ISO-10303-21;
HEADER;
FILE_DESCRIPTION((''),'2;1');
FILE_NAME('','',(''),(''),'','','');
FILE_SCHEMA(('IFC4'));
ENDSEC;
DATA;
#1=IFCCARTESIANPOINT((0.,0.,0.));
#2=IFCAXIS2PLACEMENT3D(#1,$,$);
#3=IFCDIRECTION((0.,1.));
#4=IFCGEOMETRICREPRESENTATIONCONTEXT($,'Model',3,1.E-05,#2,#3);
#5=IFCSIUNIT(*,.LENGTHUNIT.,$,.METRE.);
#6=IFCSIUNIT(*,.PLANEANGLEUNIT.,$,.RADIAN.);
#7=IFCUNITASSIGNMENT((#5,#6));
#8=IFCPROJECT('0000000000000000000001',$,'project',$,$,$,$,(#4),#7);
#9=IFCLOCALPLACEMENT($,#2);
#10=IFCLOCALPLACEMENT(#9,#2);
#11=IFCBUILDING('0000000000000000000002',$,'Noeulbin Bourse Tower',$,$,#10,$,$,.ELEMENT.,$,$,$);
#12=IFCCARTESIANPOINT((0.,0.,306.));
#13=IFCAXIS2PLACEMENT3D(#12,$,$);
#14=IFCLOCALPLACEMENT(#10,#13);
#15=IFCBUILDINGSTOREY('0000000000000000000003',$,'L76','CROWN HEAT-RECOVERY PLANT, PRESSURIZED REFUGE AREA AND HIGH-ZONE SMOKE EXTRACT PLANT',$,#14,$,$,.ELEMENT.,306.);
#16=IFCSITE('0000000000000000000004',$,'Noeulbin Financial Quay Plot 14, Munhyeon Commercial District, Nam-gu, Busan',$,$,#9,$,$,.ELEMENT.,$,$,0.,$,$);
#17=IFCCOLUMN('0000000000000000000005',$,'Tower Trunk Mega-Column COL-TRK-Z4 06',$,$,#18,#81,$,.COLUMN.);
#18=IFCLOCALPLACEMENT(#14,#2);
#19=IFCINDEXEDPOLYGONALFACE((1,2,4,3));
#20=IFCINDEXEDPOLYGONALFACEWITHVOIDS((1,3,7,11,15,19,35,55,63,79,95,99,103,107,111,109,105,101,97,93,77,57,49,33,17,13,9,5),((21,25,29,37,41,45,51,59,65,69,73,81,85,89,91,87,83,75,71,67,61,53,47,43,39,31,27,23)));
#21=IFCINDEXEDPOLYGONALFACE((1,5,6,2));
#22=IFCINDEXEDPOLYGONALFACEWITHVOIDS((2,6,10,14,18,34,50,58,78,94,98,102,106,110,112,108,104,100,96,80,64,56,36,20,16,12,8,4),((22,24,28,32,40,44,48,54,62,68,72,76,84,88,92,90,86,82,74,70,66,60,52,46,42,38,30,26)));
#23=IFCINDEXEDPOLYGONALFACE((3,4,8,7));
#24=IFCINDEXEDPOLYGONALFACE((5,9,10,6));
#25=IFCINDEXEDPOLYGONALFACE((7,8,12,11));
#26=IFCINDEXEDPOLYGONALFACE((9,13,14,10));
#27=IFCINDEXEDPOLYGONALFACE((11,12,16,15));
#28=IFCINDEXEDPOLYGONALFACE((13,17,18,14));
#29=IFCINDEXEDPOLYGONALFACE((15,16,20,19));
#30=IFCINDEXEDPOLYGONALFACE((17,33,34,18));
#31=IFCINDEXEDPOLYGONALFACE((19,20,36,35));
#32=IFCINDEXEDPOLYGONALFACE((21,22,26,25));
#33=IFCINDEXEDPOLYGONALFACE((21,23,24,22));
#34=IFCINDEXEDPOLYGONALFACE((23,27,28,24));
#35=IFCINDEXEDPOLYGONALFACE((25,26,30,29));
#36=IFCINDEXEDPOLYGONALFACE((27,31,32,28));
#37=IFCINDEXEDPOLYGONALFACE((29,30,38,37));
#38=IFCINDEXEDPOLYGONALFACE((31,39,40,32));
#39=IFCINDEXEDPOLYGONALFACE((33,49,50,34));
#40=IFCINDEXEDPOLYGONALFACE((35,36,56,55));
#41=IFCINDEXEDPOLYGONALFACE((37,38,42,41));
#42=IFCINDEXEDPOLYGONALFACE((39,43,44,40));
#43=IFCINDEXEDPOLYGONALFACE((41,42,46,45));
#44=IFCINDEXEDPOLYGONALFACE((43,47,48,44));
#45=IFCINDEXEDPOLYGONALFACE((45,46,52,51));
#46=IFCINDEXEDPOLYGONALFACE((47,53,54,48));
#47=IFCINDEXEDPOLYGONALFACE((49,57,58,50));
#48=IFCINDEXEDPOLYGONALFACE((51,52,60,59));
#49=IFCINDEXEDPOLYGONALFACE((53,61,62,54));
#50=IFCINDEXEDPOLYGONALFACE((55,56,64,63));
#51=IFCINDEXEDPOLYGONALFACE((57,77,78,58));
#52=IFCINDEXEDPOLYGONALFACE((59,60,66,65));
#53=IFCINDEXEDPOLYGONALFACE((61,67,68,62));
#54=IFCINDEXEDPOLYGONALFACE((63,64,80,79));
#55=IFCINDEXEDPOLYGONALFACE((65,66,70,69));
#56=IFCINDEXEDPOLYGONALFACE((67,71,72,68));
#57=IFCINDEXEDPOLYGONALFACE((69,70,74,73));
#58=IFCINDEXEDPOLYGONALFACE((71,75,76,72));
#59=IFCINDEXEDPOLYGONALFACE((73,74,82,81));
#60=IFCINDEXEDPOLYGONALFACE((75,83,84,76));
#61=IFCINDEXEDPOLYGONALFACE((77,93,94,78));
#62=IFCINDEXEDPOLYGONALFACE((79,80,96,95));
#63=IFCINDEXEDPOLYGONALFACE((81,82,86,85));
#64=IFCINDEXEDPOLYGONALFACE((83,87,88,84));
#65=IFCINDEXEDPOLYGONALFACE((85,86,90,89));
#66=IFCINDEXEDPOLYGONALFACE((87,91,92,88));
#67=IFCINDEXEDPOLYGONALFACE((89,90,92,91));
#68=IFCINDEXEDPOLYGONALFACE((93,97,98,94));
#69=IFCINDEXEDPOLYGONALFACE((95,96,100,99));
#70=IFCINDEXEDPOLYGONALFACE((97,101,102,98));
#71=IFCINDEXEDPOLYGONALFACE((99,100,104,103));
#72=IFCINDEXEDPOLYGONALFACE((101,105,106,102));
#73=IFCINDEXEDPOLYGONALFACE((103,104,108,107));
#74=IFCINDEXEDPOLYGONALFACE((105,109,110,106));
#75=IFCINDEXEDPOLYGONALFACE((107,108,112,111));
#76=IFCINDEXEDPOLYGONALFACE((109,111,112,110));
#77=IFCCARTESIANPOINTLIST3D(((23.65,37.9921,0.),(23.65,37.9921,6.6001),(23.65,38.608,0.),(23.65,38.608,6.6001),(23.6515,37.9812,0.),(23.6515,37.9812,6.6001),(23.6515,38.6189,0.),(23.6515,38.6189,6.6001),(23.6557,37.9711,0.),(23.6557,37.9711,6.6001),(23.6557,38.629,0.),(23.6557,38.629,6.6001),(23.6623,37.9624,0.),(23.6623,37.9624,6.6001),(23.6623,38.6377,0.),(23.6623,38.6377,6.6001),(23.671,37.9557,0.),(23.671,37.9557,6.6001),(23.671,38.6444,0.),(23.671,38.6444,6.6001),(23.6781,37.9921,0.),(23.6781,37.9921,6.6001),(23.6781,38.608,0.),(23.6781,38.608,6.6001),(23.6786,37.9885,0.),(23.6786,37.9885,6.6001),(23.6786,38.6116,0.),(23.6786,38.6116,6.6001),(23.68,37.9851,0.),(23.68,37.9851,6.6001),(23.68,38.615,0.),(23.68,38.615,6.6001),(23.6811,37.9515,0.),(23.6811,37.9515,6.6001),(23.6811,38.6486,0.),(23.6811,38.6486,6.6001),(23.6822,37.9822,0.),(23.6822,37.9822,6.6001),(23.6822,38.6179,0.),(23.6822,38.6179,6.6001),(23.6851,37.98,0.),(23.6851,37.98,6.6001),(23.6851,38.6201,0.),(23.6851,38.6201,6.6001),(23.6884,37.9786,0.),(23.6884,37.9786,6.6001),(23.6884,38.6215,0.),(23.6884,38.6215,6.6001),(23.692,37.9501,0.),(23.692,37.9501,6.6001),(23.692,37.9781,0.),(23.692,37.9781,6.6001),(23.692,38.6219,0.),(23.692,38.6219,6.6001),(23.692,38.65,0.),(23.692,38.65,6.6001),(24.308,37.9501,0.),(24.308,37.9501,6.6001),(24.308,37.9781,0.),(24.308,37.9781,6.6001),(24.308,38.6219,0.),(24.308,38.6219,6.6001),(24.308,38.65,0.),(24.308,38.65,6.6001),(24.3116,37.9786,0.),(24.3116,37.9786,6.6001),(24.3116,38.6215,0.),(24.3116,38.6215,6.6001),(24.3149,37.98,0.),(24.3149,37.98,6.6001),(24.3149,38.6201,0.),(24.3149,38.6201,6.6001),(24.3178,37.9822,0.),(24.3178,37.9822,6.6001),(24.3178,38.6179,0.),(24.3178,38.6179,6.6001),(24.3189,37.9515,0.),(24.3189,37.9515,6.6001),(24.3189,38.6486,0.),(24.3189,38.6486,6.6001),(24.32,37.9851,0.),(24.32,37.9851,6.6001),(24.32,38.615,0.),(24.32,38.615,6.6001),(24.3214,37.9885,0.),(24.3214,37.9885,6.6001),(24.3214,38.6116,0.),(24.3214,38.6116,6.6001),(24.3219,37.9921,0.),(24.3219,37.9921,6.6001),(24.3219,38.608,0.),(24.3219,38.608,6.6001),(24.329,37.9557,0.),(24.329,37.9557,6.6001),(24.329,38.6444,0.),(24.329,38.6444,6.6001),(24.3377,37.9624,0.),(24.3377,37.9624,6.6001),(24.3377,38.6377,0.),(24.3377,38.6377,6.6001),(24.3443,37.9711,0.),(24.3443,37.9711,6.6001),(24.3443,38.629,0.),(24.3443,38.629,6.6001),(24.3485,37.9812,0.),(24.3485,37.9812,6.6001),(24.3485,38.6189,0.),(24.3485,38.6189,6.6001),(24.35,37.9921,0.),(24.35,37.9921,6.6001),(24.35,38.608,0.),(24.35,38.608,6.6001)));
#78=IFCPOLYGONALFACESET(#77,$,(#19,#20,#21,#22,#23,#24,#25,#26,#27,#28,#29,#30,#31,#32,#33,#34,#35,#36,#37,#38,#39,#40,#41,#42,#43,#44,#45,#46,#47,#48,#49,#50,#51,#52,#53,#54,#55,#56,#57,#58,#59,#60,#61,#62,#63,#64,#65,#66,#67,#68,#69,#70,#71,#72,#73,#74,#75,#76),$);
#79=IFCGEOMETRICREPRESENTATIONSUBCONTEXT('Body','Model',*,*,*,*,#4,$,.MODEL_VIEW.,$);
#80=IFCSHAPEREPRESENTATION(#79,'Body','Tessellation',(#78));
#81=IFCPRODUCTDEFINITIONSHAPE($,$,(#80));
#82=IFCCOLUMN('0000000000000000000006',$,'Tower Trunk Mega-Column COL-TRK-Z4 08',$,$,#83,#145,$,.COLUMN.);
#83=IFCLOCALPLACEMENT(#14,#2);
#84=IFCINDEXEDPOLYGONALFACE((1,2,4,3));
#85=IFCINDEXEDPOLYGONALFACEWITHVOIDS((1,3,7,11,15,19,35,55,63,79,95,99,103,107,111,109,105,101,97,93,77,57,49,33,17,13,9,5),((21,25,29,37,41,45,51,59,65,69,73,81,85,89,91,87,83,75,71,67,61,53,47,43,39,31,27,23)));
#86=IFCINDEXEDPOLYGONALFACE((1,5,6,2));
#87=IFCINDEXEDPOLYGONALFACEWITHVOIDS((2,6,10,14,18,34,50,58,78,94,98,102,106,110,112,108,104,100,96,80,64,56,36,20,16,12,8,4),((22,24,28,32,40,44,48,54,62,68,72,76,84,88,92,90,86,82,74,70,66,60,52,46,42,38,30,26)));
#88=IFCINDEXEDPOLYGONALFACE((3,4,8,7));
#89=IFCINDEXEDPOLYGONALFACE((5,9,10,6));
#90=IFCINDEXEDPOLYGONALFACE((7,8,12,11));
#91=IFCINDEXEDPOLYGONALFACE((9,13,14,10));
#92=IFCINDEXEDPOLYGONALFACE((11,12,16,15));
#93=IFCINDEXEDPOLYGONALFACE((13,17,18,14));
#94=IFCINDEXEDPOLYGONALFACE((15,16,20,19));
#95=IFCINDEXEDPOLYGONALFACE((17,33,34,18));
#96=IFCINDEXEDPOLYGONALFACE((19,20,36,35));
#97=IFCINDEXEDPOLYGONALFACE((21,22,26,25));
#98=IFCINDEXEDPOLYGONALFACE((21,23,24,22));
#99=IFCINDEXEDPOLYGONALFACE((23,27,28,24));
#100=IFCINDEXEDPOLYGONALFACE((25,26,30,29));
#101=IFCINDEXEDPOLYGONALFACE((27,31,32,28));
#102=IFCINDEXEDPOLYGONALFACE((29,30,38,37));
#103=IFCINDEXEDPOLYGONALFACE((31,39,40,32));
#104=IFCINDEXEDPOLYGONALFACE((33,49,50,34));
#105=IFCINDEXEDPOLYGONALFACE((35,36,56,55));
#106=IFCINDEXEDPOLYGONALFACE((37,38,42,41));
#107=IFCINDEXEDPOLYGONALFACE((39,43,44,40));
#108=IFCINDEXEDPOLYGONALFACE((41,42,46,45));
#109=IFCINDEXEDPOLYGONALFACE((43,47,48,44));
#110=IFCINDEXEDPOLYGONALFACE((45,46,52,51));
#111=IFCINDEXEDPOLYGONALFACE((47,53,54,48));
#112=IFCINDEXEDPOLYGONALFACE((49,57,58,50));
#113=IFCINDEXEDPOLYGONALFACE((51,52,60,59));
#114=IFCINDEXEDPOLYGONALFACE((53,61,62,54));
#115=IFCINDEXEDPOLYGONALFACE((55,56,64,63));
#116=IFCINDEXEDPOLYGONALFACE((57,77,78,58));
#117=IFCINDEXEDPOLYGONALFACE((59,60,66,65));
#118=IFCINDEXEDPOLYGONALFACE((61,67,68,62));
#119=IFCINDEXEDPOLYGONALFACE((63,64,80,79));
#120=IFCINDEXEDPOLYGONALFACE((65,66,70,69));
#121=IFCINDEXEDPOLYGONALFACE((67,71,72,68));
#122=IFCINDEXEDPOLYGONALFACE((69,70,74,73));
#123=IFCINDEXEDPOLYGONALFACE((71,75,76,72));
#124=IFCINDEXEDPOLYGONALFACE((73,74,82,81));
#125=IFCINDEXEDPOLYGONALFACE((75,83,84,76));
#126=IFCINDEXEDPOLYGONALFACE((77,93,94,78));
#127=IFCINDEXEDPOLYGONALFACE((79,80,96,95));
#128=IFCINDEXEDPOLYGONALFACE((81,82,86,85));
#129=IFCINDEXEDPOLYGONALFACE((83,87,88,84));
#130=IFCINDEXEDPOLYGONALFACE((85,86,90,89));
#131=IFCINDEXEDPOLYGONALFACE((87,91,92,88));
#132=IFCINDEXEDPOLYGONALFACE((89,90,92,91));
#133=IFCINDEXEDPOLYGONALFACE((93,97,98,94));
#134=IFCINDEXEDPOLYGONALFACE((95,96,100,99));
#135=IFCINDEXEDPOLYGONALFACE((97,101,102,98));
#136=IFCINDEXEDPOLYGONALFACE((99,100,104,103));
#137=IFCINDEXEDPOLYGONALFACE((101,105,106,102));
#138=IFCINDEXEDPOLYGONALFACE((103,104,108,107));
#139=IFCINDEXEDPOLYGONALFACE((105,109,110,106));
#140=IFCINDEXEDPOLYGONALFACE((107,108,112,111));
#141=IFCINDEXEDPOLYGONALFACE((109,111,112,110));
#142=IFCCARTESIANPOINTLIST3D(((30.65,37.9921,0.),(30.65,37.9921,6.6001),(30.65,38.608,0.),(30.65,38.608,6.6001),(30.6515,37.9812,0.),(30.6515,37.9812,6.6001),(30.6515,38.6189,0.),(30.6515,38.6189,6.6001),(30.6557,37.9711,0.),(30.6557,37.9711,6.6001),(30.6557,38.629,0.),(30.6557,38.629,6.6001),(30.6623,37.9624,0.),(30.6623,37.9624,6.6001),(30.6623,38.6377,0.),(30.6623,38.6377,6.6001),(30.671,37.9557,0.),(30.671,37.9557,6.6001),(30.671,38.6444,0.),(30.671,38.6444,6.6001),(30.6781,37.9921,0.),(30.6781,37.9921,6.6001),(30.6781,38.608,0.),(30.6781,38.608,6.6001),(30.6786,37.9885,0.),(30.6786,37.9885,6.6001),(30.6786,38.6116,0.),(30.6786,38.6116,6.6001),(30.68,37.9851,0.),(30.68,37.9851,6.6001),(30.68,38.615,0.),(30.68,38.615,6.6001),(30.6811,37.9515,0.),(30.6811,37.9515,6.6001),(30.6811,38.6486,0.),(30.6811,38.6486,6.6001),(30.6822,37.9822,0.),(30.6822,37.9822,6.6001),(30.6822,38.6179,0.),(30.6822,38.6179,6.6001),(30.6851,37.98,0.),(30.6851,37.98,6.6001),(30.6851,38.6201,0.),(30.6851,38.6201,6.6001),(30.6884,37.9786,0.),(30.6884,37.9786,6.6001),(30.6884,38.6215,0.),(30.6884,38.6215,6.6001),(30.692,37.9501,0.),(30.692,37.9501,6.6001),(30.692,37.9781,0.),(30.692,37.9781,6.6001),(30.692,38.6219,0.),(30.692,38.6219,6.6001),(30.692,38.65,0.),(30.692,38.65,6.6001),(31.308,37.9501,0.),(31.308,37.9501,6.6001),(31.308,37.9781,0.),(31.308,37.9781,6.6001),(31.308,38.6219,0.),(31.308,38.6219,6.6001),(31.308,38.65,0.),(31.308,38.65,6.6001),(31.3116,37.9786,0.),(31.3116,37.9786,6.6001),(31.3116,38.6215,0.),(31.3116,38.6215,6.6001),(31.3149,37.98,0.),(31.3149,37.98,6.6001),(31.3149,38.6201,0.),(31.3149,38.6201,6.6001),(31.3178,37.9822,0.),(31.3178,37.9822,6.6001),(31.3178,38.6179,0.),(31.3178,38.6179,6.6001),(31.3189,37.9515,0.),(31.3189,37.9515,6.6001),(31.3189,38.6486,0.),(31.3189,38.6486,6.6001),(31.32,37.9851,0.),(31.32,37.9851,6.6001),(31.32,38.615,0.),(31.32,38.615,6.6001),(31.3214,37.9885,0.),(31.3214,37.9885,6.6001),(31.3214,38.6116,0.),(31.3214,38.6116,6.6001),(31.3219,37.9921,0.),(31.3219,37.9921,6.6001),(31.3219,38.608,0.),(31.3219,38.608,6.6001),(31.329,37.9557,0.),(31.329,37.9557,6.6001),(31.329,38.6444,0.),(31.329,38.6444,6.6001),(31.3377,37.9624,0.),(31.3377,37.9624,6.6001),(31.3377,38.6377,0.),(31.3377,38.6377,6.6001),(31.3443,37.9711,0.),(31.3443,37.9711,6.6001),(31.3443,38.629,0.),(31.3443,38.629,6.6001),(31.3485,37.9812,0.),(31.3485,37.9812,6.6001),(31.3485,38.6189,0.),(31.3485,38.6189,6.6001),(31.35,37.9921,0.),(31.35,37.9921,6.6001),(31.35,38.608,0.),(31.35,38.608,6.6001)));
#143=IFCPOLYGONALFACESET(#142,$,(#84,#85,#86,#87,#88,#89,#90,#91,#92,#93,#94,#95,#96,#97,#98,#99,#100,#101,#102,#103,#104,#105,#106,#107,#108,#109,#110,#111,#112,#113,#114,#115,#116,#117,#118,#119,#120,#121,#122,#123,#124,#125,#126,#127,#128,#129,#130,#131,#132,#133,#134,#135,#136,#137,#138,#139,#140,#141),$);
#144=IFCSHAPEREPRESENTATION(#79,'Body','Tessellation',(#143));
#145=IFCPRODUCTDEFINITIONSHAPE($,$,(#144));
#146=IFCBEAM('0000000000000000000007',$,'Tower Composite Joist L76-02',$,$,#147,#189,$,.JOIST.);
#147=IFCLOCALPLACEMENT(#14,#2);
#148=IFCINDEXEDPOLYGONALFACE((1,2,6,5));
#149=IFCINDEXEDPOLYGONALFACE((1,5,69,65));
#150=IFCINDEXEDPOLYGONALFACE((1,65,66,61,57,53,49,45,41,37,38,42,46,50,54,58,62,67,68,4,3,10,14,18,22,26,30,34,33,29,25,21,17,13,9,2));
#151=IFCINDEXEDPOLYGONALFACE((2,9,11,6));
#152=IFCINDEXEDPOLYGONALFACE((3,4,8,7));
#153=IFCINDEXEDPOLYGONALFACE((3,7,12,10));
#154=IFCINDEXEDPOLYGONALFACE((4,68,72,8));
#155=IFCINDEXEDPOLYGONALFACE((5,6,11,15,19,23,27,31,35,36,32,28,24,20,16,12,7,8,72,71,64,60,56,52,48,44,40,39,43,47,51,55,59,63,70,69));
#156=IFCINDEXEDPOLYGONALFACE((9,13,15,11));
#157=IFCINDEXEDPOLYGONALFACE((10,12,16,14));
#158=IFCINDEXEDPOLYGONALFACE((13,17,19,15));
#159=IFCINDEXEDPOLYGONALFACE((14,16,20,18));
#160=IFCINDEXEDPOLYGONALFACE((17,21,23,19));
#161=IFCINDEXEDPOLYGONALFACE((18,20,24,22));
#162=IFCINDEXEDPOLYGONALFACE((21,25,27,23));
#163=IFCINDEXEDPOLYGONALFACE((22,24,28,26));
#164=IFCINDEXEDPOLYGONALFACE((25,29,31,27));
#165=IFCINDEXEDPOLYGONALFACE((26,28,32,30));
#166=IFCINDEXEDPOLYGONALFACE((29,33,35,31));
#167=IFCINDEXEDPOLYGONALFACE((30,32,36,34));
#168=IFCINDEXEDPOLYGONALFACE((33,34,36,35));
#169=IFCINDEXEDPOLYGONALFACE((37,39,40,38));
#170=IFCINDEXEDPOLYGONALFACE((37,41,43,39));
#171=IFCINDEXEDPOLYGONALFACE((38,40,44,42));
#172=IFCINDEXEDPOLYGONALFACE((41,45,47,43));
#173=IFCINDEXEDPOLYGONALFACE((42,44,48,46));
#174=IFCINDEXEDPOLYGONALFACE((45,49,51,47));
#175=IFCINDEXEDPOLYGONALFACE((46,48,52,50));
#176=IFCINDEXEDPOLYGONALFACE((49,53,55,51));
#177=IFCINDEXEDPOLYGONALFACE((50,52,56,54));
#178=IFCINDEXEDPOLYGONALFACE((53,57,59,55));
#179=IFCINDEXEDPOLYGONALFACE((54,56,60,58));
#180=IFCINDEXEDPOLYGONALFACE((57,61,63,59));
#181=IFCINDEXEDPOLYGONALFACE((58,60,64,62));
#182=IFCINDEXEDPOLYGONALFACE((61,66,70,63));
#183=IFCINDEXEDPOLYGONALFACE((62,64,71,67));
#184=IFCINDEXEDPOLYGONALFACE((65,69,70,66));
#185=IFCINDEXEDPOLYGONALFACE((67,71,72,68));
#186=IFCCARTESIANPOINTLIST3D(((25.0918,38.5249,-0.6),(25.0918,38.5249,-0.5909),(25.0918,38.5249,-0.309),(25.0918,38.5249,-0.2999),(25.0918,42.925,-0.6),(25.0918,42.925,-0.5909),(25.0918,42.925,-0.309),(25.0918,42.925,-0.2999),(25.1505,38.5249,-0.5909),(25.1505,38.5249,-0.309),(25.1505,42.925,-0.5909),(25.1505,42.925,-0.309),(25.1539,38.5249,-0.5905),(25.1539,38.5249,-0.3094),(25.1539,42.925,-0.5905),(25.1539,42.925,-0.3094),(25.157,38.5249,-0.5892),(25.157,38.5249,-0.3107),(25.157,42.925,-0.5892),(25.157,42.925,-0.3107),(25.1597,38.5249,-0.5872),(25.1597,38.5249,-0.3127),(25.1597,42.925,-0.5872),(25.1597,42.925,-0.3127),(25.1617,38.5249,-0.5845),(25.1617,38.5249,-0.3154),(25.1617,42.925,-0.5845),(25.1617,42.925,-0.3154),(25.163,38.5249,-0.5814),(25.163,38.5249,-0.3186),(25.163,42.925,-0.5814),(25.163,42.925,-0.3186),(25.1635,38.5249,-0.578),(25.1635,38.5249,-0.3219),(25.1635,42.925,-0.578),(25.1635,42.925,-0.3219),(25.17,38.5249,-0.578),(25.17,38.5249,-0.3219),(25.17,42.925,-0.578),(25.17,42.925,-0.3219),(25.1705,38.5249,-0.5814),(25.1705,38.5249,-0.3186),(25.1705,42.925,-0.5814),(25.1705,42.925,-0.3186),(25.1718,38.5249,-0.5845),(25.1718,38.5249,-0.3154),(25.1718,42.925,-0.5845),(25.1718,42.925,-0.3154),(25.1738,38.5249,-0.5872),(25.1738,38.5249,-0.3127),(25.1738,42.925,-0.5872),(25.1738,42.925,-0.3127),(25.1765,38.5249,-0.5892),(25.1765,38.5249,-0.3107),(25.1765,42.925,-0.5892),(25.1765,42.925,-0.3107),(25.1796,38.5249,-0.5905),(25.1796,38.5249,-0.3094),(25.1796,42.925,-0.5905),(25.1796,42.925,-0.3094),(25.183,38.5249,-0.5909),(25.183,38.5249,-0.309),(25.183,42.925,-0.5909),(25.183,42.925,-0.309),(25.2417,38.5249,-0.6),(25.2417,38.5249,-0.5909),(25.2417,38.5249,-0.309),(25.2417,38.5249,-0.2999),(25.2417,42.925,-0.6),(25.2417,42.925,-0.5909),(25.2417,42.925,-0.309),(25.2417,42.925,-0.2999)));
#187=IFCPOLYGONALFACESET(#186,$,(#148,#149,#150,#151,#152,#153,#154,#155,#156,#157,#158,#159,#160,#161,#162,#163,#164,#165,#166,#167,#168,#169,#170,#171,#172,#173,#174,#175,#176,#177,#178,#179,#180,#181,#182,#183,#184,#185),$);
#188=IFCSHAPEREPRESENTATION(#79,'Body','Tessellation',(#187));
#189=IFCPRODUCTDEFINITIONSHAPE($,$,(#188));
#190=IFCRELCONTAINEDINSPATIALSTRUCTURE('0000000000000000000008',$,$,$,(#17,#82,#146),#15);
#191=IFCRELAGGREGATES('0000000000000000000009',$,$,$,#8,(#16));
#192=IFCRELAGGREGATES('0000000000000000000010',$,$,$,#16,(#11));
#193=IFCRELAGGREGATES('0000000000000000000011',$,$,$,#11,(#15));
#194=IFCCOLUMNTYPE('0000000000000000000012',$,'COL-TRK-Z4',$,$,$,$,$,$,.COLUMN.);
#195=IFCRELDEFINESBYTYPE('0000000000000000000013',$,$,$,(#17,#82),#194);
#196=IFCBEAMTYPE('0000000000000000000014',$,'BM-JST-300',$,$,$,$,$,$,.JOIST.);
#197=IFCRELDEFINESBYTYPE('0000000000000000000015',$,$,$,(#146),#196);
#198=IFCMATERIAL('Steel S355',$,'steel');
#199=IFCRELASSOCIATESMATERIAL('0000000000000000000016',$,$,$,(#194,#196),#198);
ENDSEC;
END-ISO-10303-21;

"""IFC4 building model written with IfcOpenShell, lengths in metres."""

from ifc_helpers import new_model, si_unit, direction, frame, origin, origin_2d, place, context, subcontext, project, spatial, hollow_rectangle, i_section, extrude, material, material_profile, profile_set, type_object, element, save


model = new_model("IFC4")

# Units and contexts
model_context = context("Model", 3, precision=1e-05, world=origin(), true_north=direction((0.0, 1.0)))
body_context = subcontext(model_context, "Body", "Model", "MODEL_VIEW")
ifc_project = project(units=[si_unit("LENGTHUNIT", "METRE"), si_unit("PLANEANGLEUNIT", "RADIAN")], contexts=[model_context])

# Site, building, storey
site_placement = place(None, origin())
site = spatial("IfcSite", under=ifc_project, at=site_placement, Name="Noeulbin Financial Quay Plot 14, Munhyeon Commercial District, Nam-gu, Busan", CompositionType="ELEMENT", RefElevation=0.0)
building_placement = place(site_placement, origin())
building = spatial("IfcBuilding", under=site, at=building_placement, Name="Noeulbin Bourse Tower", CompositionType="ELEMENT")
storey_placement = place(building_placement, frame((0.0, 0.0, 306.0)))
storey = spatial("IfcBuildingStorey", under=building, at=storey_placement, Name="L76", Description="CROWN HEAT-RECOVERY PLANT, PRESSURIZED REFUGE AREA AND HIGH-ZONE SMOKE EXTRACT PLANT", CompositionType="ELEMENT", Elevation=306.0)

# Columns
ifc_material_1 = material(Name="Steel S355", Category="steel")
ifc_material_profile_1 = material_profile(ifc_material_1, hollow_rectangle(XDim=0.7, YDim=0.7, WallThickness=0.0281, InnerFilletRadius=0.0139, OuterFilletRadius=0.042, at=origin_2d()), Name="BOX-700x700x28", Category="LoadBearing")
ifc_profile_set_1 = profile_set([ifc_material_profile_1], Name="Steel S355")
column_type_1 = type_object("IfcColumnType", Name="COL-TRK-Z4", PredefinedType="COLUMN", material=ifc_profile_set_1)
for number, where, z_axis, x_axis, name in (
    (1, (24.0, 38.3, 0.0), (0.0, 0.0, 1.0), (1.0, 0.0, 0.0), "Tower Trunk Mega-Column COL-TRK-Z4 06"),
    (2, (31.0, 38.3, 0.0), (0.0, 0.0, 1.0), (1.0, 0.0, 0.0), "Tower Trunk Mega-Column COL-TRK-Z4 08"),
):
    element("IfcColumn", number, at=place(storey_placement, frame(where, z_axis=z_axis, x_axis=x_axis)), inside=storey, type_object=column_type_1, Name=name, PredefinedType="COLUMN", context=body_context, shape_type="SweptSolid", body=[
        extrude(hollow_rectangle(XDim=0.7, YDim=0.7, WallThickness=0.0281, InnerFilletRadius=0.0139, OuterFilletRadius=0.042, at=origin_2d()), origin(), (0.0, 0.0, 1.0), 6.6001),
    ])

# Beam
ifc_material_profile_2 = material_profile(ifc_material_1, i_section(OverallWidth=0.1499, OverallDepth=0.3, WebThickness=0.0066, FlangeThickness=0.009, FilletRadius=0.0129, at=origin_2d()), Name="H-300x150x6.5x9", Category="LoadBearing")
ifc_profile_set_2 = profile_set([ifc_material_profile_2], Name="Steel S355")
beam_type_1 = type_object("IfcBeamType", Name="BM-JST-300", PredefinedType="JOIST", material=ifc_profile_set_2)
for number, where, z_axis, x_axis, name in (
    (3, (25.1667, 38.5249, -0.45), (0.0, 1.0, 0.0), (-1.0, 0.0, 0.0), "Tower Composite Joist L76-02"),
):
    element("IfcBeam", number, at=place(storey_placement, frame(where, z_axis=z_axis, x_axis=x_axis)), inside=storey, type_object=beam_type_1, Name=name, PredefinedType="JOIST", context=body_context, shape_type="SweptSolid", body=[
        extrude(i_section(OverallWidth=0.1499, OverallDepth=0.3, WebThickness=0.0066, FlangeThickness=0.009, FilletRadius=0.0129, at=origin_2d()), origin(), (0.0, 0.0, 1.0), 4.4001),
    ])

save(model, "model.ifc")
